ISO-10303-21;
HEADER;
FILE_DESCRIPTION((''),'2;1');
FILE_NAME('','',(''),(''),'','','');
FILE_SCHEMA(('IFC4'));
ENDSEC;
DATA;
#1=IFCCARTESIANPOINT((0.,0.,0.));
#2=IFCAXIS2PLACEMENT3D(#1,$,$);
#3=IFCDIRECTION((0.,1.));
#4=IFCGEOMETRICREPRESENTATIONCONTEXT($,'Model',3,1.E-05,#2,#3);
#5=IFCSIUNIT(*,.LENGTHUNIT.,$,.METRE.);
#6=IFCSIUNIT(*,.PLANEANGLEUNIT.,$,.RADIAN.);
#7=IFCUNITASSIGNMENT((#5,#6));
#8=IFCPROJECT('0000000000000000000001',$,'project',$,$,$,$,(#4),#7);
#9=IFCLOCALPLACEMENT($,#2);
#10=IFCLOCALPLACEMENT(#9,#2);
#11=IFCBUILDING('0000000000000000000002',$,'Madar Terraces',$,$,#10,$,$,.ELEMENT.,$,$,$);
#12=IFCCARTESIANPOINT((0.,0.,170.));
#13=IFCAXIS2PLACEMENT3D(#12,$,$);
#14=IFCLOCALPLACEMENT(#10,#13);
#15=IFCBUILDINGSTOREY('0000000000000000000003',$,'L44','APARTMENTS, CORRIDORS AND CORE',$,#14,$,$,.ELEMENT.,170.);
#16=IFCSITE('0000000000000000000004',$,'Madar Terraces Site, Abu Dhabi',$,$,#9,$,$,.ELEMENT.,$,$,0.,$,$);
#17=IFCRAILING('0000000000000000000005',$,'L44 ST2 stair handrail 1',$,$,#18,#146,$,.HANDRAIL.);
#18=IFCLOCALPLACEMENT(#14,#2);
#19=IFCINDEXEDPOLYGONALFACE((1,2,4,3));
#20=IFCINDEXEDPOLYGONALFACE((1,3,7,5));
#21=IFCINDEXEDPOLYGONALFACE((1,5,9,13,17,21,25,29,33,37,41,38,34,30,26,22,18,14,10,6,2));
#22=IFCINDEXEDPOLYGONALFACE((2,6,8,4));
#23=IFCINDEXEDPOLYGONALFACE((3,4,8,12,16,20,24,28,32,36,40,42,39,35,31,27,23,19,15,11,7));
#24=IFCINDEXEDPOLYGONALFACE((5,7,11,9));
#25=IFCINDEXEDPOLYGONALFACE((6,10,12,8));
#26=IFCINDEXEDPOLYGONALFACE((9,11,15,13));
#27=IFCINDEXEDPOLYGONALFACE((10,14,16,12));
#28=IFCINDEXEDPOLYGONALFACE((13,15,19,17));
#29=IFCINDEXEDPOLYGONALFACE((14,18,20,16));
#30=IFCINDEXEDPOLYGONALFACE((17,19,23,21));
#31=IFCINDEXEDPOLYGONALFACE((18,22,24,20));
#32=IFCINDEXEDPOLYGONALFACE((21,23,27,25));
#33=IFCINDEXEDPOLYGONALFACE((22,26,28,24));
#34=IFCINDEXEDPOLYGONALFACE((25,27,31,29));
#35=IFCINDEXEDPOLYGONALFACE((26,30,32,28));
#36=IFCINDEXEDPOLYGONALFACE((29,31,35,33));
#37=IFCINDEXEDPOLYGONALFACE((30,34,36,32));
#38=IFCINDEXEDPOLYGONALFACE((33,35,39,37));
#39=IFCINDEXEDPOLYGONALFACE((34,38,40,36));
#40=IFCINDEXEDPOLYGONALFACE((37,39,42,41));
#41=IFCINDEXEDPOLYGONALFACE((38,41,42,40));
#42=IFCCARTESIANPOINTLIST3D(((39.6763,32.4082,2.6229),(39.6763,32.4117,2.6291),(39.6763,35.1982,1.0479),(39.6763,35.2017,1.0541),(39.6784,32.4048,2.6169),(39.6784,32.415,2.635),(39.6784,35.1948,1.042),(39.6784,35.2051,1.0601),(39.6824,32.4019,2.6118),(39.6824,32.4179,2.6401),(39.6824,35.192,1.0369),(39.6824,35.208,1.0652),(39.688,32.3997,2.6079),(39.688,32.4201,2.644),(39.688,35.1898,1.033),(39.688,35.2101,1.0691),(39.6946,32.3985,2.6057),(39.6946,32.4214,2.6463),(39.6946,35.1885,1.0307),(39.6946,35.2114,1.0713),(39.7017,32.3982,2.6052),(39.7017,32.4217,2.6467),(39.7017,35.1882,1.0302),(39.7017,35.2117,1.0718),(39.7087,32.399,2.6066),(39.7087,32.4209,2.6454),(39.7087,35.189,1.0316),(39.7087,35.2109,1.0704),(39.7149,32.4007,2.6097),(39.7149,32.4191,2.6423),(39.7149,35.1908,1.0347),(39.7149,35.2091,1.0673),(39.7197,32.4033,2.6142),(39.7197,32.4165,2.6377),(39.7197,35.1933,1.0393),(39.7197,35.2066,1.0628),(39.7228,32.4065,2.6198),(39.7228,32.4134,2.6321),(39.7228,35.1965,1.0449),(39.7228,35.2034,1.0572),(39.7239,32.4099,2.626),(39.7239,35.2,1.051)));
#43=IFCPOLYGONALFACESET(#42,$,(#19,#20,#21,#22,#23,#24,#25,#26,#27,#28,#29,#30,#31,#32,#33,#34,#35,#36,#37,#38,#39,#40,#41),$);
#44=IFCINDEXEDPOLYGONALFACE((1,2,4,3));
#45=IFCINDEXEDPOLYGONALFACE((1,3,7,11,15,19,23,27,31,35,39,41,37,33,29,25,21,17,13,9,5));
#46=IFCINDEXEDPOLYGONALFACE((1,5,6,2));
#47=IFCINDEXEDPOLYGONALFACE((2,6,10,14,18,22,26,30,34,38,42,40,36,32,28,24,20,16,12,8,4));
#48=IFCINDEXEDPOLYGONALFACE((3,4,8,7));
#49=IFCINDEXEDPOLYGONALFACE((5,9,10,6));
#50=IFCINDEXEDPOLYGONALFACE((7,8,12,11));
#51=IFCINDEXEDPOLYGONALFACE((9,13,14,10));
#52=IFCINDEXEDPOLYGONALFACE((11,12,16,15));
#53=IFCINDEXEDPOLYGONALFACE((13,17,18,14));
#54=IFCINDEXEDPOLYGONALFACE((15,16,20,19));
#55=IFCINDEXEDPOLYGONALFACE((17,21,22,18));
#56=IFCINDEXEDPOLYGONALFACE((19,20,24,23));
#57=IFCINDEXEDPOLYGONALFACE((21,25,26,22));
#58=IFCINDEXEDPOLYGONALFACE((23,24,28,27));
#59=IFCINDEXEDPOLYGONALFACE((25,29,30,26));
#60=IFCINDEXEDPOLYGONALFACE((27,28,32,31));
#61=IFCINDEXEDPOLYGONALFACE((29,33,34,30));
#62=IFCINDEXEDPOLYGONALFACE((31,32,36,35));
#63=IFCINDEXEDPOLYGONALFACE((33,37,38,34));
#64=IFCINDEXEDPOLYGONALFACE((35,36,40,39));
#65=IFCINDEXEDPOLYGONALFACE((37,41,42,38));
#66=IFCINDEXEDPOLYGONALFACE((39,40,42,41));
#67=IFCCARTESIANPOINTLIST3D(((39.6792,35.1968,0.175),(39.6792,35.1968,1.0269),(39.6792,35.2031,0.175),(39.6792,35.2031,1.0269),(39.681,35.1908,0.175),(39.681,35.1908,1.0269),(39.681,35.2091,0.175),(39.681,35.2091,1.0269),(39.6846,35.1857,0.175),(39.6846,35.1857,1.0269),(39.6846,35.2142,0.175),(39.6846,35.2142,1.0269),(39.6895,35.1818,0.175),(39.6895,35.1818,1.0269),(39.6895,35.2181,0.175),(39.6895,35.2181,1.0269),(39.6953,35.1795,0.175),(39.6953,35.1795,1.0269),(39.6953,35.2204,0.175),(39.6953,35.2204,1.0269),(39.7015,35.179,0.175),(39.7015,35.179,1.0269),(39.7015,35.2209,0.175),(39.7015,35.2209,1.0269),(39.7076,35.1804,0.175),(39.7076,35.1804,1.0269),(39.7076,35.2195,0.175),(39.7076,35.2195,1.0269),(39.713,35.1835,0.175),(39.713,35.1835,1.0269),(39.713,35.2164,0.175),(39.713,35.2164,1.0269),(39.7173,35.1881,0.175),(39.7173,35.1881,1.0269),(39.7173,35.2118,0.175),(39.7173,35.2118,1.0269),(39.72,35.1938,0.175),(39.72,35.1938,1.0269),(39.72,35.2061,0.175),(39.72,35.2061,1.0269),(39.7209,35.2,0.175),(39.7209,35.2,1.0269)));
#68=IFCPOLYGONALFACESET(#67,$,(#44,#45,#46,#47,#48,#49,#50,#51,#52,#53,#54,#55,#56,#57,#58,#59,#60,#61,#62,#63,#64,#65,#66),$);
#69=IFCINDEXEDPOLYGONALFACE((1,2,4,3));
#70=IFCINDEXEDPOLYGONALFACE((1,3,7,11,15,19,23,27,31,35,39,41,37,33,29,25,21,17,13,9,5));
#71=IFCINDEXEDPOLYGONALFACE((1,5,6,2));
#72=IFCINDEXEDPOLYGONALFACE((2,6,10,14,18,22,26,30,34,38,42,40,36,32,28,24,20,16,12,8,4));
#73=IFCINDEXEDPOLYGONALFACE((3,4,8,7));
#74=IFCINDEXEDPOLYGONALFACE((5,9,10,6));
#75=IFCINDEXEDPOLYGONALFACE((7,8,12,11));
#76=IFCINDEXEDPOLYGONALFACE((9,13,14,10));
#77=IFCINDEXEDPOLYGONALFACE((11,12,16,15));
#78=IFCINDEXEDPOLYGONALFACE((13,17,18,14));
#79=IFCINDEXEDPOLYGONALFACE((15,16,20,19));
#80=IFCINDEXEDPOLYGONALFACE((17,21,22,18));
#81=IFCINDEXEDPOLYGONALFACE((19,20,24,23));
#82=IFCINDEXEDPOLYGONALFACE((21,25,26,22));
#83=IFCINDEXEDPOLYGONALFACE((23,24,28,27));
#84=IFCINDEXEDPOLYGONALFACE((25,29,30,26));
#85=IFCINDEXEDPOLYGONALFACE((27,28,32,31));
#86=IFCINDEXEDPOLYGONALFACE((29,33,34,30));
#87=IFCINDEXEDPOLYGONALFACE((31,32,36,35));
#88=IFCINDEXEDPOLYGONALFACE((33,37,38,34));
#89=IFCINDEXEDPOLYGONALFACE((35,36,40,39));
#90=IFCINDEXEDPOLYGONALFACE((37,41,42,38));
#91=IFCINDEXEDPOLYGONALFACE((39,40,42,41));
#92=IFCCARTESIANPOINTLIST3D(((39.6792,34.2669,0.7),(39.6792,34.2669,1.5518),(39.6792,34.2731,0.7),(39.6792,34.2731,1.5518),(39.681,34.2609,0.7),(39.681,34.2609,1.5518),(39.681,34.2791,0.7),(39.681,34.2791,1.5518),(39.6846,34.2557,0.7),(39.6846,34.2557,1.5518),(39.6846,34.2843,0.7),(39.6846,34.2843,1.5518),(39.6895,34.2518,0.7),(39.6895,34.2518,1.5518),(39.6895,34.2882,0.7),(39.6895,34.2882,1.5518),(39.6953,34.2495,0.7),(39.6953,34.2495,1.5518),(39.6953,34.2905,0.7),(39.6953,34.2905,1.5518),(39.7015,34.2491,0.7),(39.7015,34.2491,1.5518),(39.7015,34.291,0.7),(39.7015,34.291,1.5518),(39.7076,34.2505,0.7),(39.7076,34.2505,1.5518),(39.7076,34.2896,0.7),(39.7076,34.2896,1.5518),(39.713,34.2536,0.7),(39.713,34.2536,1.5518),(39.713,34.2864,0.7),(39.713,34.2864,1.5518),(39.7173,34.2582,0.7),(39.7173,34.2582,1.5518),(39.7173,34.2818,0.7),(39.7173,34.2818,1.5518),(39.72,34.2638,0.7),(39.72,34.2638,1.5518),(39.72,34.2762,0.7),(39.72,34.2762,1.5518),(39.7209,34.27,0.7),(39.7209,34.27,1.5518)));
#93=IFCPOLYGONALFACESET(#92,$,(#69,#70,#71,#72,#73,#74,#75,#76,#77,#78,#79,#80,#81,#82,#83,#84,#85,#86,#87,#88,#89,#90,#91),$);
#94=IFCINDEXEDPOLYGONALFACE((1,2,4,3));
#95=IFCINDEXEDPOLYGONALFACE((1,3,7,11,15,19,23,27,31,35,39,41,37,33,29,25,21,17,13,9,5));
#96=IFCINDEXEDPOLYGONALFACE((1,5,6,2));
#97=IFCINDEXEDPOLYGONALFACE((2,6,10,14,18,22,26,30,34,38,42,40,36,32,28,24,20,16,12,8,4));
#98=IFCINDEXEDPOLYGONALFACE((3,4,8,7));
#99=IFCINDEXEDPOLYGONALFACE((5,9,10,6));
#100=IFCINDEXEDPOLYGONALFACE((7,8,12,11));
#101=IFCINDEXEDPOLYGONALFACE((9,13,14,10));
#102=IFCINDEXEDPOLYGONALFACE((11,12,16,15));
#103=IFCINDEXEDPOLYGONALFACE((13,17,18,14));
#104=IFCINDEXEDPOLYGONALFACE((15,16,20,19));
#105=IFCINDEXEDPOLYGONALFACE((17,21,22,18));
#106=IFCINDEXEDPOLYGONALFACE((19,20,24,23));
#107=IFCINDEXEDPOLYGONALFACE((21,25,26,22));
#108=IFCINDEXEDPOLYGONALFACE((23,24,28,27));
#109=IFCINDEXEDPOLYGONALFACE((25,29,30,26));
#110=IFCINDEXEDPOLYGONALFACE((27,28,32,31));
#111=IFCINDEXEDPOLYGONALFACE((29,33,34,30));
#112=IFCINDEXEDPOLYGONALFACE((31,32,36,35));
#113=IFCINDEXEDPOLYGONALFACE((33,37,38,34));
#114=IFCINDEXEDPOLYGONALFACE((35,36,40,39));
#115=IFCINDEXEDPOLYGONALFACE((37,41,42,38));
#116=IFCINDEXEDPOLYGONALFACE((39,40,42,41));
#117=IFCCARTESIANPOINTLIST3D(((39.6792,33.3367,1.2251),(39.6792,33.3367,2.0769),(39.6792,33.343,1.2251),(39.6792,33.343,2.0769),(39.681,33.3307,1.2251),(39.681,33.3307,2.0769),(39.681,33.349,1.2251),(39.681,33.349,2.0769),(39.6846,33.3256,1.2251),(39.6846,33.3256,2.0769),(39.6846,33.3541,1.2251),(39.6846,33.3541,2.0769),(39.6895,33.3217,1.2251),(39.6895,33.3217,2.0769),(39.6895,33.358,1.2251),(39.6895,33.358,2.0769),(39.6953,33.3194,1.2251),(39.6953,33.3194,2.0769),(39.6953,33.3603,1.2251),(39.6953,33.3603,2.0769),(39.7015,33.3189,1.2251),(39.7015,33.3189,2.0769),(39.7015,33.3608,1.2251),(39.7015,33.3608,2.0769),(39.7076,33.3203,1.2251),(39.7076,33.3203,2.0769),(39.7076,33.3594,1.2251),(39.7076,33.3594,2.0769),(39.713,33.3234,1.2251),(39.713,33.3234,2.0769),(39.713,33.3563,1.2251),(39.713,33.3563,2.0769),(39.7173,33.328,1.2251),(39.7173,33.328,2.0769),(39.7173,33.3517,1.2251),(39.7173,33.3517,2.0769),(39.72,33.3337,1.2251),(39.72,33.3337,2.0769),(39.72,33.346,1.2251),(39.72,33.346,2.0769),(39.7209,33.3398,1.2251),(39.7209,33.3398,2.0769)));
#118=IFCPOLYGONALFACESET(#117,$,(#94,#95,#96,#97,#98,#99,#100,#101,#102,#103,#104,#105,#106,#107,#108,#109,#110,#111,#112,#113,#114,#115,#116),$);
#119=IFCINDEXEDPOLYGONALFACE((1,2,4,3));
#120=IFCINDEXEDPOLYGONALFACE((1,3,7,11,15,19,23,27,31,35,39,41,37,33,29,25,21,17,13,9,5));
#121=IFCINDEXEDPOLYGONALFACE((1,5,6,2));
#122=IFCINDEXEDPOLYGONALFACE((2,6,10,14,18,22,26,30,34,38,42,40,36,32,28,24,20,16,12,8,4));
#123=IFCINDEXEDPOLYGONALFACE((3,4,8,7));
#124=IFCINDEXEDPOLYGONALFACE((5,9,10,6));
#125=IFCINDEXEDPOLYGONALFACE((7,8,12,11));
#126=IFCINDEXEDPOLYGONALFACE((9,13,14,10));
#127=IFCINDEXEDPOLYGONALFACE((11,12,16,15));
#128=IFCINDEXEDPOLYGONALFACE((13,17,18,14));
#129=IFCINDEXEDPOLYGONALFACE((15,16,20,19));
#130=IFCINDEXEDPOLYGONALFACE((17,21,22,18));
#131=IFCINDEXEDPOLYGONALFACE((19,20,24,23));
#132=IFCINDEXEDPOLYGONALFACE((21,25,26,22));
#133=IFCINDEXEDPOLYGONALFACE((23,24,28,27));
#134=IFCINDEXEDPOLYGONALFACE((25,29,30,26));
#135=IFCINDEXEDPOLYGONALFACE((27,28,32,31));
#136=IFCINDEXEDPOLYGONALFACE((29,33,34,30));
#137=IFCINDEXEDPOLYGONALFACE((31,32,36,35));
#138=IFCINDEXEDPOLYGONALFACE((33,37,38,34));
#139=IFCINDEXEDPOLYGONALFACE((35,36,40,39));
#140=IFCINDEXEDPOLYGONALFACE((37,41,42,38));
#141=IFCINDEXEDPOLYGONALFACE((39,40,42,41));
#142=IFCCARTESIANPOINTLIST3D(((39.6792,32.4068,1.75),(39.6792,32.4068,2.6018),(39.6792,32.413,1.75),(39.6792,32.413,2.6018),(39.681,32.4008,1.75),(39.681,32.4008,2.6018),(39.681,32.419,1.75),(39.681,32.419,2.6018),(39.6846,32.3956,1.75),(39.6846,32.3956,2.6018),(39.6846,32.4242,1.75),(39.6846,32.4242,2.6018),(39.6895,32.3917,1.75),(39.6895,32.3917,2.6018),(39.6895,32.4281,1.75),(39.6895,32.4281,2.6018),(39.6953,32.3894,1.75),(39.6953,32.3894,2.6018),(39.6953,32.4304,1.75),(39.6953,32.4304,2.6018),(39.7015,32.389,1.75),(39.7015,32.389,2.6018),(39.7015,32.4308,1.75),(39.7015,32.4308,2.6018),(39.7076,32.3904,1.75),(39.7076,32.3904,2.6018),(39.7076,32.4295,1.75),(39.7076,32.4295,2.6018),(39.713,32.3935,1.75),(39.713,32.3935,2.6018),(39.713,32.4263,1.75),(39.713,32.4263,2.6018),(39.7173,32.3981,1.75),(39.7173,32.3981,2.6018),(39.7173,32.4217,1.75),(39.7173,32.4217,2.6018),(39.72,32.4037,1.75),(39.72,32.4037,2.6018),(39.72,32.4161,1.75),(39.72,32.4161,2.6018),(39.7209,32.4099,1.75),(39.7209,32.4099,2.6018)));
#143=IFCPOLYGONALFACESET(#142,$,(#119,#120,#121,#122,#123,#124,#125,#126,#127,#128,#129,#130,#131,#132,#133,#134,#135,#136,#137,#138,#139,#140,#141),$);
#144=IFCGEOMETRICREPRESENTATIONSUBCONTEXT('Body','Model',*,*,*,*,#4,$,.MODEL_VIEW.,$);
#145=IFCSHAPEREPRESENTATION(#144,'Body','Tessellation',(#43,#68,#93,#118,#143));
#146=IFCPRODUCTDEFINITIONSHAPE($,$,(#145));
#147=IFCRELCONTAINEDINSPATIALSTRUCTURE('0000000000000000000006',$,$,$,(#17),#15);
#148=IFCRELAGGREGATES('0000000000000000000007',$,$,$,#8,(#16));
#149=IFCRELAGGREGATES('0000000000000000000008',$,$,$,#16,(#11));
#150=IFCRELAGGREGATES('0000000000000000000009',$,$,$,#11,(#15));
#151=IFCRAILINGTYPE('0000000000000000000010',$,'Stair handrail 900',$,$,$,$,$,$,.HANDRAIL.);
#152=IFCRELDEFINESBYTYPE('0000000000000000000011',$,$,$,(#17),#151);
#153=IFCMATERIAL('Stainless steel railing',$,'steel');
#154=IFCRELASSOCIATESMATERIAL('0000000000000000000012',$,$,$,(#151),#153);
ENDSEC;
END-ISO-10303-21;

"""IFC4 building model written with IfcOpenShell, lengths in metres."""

from ifc_helpers import new_model, si_unit, direction, frame, origin, origin_2d, place, context, subcontext, project, spatial, circle, extrude, material, type_object, element, save


model = new_model("IFC4")

# Units and contexts
model_context = context("Model", 3, precision=1e-05, world=origin(), true_north=direction((0.0, 1.0)))
body_context = subcontext(model_context, "Body", "Model", "MODEL_VIEW")
ifc_project = project(units=[si_unit("LENGTHUNIT", "METRE"), si_unit("PLANEANGLEUNIT", "RADIAN")], contexts=[model_context])

# Site, building, storey
site_placement = place(None, origin())
site = spatial("IfcSite", under=ifc_project, at=site_placement, Name="Madar Terraces Site, Abu Dhabi", CompositionType="ELEMENT", RefElevation=0.0)
building_placement = place(site_placement, origin())
building = spatial("IfcBuilding", under=site, at=building_placement, Name="Madar Terraces", CompositionType="ELEMENT")
storey_placement = place(building_placement, frame((0.0, 0.0, 170.0)))
storey = spatial("IfcBuildingStorey", under=building, at=storey_placement, Name="L44", Description="APARTMENTS, CORRIDORS AND CORE", CompositionType="ELEMENT", Elevation=170.0)

# Railing
ifc_material_1 = material(Name="Stainless steel railing", Category="steel")
railing_type_1 = type_object("IfcRailingType", Name="Stair handrail 900", PredefinedType="HANDRAIL", material=ifc_material_1)
railing_1_placement = place(storey_placement, frame((39.7, 35.2, 0.175)))
element("IfcRailing", 1, at=railing_1_placement, inside=storey, type_object=railing_type_1, Name="L44 ST2 stair handrail 1", PredefinedType="HANDRAIL", context=body_context, shape_type="SweptSolid", body=[
    extrude(circle(Radius=0.0239, at=origin_2d()), frame((0.0, 0.0, 0.876), z_axis=(0.0, -0.870834, 0.491578), x_axis=(1.0, 0.0, 0.0)), (0.0, 0.0, 1.0), 3.2039),
    extrude(circle(Radius=0.021, at=origin_2d()), origin(), (0.0, 0.0, 1.0), 0.8518),
    extrude(circle(Radius=0.021, at=origin_2d()), frame((0.0, -0.9299, 0.5249)), (0.0, 0.0, 1.0), 0.8518),
    extrude(circle(Radius=0.021, at=origin_2d()), frame((0.0, -1.8601, 1.05)), (0.0, 0.0, 1.0), 0.8518),
    extrude(circle(Radius=0.021, at=origin_2d()), frame((0.0, -2.79, 1.575)), (0.0, 0.0, 1.0), 0.8518),
])

save(model, "model.ifc")
